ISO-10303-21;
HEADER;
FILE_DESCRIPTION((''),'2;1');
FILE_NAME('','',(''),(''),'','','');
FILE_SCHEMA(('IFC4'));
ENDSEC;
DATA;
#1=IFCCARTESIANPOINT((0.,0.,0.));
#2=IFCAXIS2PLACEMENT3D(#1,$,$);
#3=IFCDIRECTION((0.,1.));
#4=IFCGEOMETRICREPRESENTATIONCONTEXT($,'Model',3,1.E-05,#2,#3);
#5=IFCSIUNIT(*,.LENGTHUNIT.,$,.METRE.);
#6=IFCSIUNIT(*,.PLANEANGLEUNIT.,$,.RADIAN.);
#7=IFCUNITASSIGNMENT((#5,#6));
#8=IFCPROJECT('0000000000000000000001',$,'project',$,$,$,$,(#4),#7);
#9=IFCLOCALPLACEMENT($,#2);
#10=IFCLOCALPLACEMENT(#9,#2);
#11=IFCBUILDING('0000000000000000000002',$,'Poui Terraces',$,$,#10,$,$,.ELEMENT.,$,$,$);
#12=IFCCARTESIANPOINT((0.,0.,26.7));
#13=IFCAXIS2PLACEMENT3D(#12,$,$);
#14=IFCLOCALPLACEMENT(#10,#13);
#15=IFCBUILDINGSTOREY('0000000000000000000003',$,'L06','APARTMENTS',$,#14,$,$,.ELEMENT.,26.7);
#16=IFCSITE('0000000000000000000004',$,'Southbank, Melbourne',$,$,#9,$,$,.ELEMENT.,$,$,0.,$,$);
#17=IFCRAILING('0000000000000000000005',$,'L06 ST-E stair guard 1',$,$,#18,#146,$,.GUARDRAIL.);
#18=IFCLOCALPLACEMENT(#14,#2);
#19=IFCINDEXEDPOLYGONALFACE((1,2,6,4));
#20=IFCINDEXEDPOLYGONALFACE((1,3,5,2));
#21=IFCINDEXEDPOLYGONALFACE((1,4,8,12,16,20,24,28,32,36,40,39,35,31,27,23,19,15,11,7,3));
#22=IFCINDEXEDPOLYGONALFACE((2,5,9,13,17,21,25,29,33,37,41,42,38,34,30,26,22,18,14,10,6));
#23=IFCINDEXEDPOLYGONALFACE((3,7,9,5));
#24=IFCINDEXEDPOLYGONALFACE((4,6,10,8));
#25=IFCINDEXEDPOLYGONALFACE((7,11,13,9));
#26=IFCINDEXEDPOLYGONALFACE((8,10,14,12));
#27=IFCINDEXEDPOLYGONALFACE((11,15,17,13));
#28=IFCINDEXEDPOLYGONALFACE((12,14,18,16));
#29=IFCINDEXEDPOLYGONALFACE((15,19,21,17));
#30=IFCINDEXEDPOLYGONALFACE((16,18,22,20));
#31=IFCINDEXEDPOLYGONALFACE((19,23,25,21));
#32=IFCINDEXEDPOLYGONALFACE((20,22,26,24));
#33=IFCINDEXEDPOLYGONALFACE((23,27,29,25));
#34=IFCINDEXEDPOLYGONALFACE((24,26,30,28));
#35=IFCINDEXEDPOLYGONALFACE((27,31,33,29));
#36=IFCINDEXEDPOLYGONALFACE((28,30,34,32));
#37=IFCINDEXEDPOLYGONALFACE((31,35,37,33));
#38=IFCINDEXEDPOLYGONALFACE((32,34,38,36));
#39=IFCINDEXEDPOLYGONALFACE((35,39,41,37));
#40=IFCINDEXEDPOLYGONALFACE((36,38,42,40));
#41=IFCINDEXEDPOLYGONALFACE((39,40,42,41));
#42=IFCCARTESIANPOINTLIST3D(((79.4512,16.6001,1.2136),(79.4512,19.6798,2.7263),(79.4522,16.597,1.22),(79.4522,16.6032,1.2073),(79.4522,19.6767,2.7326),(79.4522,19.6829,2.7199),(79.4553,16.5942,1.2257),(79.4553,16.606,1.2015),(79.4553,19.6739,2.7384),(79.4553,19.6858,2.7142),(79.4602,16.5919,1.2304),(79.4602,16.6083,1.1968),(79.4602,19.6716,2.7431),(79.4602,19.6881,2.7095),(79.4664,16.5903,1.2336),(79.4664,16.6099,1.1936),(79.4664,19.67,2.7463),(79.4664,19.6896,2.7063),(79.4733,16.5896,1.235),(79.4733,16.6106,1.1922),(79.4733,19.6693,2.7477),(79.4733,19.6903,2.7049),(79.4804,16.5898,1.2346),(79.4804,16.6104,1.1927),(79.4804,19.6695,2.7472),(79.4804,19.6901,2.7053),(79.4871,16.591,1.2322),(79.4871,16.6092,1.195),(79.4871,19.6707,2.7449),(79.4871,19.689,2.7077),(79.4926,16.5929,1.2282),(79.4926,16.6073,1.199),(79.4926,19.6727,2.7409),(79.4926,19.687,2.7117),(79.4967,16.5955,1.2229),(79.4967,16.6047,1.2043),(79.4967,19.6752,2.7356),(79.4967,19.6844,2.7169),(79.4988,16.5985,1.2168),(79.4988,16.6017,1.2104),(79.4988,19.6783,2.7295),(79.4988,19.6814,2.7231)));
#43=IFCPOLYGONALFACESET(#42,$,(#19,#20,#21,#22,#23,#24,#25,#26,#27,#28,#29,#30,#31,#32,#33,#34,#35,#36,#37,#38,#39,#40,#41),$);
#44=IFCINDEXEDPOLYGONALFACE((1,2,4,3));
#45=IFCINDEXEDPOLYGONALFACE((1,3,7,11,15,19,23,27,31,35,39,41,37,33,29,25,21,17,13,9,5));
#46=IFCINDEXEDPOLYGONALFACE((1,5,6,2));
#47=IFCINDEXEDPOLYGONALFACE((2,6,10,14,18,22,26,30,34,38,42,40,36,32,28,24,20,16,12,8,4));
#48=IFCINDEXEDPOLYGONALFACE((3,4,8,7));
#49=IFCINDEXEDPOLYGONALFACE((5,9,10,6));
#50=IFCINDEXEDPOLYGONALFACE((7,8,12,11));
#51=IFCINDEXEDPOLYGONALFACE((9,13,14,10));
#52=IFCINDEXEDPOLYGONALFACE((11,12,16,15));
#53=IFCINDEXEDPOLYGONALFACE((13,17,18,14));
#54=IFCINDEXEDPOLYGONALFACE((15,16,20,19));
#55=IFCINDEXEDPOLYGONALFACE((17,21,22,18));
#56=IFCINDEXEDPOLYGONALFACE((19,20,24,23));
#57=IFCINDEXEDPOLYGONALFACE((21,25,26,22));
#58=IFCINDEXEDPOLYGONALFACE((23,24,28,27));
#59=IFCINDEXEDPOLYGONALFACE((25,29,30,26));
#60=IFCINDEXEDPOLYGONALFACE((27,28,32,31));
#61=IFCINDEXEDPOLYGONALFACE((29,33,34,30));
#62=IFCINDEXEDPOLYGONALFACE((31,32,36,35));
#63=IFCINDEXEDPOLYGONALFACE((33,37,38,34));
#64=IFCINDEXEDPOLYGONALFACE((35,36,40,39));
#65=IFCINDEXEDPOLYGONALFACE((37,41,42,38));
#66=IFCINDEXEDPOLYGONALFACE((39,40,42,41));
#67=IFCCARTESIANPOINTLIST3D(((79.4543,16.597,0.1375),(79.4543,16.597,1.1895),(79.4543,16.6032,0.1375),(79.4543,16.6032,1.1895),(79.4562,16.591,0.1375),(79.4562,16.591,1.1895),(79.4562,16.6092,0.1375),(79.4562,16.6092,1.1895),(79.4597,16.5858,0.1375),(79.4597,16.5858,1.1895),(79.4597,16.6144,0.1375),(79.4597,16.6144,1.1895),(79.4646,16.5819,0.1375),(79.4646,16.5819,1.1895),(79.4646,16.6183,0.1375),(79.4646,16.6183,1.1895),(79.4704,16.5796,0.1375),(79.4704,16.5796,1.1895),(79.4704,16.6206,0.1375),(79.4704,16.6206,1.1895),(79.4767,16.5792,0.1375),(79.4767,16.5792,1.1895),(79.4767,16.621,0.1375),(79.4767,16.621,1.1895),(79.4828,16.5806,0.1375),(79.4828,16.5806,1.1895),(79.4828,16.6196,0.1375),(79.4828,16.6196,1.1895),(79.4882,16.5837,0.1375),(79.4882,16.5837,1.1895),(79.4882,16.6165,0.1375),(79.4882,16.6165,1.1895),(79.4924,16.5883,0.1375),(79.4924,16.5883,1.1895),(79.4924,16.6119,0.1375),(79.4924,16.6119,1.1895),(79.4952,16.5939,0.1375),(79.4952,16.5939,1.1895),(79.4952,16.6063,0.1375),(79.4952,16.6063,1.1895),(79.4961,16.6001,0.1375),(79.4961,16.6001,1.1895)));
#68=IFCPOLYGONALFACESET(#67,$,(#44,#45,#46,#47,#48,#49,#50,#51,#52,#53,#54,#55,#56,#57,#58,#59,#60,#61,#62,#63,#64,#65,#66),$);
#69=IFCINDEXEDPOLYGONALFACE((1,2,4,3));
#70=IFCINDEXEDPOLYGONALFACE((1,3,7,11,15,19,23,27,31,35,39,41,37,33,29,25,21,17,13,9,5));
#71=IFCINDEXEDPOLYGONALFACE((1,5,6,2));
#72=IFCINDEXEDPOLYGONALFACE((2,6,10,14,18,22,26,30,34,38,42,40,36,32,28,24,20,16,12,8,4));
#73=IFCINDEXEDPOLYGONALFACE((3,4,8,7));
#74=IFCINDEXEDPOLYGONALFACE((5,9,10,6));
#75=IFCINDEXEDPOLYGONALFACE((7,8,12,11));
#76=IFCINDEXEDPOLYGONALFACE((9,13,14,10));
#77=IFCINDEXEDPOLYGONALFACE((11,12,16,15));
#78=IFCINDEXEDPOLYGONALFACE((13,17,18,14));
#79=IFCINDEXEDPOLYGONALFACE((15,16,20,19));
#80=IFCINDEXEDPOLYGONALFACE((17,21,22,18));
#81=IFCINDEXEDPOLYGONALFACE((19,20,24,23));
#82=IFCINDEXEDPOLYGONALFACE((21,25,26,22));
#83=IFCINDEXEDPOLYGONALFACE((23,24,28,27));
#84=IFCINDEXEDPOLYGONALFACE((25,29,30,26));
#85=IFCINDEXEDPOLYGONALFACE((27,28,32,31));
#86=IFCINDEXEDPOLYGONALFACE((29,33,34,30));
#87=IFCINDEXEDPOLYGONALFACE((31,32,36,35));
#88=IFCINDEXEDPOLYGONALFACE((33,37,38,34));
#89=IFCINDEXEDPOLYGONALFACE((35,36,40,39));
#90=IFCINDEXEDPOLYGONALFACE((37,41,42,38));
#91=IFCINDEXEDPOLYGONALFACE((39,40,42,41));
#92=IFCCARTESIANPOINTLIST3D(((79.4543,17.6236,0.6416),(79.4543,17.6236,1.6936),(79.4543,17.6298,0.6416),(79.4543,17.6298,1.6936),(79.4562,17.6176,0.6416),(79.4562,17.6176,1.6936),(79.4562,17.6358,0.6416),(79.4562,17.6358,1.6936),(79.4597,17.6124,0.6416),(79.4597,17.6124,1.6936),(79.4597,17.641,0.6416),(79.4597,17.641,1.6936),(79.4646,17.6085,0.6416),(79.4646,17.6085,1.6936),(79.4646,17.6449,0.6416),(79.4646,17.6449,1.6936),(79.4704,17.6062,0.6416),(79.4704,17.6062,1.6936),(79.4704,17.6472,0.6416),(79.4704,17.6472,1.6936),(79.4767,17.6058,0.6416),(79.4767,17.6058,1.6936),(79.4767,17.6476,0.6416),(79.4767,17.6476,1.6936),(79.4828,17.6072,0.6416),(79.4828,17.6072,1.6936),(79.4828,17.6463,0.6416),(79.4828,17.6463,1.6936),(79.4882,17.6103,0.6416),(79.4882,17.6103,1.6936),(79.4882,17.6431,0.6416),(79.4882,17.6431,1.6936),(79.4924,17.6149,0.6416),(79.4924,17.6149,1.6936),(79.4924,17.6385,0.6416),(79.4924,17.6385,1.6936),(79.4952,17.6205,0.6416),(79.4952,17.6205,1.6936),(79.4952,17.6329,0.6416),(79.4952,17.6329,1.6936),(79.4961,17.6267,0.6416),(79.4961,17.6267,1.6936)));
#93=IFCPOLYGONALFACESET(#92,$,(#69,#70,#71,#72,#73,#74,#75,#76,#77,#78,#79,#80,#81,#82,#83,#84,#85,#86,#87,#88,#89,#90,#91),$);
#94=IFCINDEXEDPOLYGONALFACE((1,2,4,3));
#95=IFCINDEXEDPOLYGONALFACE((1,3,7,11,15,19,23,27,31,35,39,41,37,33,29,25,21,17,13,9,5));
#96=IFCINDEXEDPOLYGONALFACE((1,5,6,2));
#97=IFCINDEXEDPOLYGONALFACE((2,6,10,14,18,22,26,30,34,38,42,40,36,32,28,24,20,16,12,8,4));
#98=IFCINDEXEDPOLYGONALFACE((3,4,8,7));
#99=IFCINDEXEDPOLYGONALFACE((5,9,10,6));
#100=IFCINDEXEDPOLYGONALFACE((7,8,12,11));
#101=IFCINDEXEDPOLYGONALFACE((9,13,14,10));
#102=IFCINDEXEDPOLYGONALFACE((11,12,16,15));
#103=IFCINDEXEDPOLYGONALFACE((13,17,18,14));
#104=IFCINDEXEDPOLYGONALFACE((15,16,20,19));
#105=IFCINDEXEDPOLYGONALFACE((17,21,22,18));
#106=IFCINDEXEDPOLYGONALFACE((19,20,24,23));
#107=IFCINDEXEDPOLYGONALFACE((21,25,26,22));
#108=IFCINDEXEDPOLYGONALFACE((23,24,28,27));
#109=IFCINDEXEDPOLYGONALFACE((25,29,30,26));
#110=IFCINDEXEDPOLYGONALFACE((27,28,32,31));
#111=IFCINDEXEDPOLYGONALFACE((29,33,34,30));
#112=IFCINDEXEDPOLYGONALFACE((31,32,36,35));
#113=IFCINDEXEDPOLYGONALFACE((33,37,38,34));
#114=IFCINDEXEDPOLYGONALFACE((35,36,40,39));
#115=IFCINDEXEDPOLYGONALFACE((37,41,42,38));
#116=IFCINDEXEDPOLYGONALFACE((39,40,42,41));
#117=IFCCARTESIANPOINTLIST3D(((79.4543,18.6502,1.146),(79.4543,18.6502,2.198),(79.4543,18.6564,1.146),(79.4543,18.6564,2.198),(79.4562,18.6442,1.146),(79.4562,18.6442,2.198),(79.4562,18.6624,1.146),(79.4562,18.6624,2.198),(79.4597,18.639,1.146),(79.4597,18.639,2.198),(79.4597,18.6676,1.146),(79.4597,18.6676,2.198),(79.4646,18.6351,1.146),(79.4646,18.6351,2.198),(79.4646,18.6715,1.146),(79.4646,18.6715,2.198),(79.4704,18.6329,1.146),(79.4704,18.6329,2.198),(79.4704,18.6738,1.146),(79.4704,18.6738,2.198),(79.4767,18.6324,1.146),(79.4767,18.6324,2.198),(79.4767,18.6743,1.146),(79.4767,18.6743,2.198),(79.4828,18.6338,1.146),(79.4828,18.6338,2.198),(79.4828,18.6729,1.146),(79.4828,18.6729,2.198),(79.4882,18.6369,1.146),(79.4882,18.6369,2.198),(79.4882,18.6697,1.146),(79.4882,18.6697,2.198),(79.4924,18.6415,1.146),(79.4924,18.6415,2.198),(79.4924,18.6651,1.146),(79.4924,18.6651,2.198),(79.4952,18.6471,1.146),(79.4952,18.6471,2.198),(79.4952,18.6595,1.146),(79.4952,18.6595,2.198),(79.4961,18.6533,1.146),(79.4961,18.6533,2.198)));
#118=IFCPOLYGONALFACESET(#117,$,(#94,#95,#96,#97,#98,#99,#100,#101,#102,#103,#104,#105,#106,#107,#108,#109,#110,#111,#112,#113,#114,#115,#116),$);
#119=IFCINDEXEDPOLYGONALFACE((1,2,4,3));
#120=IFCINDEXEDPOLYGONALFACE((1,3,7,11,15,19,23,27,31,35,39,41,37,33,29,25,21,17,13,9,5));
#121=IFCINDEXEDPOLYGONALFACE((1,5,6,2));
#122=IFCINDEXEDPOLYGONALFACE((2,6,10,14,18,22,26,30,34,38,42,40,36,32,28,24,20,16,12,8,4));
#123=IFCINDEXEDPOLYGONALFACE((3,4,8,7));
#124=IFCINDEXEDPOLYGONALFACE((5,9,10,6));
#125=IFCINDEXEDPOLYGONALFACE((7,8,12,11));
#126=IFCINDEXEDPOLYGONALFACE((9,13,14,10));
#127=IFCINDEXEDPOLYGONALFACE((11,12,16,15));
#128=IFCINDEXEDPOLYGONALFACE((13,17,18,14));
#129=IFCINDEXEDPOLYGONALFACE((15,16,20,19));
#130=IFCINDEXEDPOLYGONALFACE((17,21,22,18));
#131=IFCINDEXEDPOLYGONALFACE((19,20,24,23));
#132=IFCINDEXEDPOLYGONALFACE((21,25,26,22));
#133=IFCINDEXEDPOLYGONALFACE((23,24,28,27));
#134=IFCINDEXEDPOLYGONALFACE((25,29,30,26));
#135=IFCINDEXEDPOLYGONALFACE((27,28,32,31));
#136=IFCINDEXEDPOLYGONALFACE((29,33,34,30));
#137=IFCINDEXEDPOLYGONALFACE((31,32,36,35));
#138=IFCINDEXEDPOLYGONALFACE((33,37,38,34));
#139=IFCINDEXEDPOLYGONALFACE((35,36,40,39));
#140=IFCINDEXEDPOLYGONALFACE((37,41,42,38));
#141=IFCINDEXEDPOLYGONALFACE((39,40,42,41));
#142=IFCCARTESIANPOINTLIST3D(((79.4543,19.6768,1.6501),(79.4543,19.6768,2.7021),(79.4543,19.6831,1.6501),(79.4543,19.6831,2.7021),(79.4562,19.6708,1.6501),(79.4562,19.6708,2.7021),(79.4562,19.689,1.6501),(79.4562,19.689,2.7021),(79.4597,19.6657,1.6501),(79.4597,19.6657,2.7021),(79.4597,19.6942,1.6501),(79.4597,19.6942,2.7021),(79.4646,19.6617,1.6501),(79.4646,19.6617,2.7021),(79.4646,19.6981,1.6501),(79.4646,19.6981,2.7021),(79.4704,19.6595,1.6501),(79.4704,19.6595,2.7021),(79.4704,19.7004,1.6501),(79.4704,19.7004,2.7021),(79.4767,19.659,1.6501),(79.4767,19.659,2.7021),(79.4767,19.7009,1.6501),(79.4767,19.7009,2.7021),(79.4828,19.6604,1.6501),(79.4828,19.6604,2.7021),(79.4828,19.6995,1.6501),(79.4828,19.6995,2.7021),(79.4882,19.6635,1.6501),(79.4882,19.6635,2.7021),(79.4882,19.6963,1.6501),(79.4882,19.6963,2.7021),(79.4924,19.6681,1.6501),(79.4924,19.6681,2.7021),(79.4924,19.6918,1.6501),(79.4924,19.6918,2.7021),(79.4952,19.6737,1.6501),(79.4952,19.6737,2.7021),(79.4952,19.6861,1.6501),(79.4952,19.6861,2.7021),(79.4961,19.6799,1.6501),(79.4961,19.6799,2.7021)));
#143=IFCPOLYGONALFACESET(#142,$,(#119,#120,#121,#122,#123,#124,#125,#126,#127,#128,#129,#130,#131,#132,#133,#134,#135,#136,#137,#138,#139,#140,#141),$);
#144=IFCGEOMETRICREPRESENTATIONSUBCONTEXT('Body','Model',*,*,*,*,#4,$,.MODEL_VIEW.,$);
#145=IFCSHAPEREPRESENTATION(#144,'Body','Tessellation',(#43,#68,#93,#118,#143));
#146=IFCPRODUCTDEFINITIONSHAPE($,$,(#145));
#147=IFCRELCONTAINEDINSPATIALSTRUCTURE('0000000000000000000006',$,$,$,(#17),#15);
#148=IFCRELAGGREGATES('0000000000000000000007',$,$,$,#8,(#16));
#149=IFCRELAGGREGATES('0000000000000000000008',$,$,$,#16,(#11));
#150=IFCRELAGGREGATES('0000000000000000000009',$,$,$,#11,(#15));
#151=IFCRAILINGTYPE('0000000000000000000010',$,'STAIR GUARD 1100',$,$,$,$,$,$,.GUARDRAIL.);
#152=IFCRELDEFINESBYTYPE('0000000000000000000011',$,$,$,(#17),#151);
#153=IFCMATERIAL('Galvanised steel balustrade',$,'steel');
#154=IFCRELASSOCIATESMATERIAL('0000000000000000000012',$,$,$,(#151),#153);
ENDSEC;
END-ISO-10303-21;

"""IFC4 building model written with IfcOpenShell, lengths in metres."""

from ifc_helpers import new_model, si_unit, direction, frame, origin, origin_2d, place, context, subcontext, project, spatial, circle, extrude, material, type_object, element, save


model = new_model("IFC4")

# Units and contexts
model_context = context("Model", 3, precision=1e-05, world=origin(), true_north=direction((0.0, 1.0)))
body_context = subcontext(model_context, "Body", "Model", "MODEL_VIEW")
ifc_project = project(units=[si_unit("LENGTHUNIT", "METRE"), si_unit("PLANEANGLEUNIT", "RADIAN")], contexts=[model_context])

# Site, building, storey
site_placement = place(None, origin())
site = spatial("IfcSite", under=ifc_project, at=site_placement, Name="Southbank, Melbourne", CompositionType="ELEMENT", RefElevation=0.0)
building_placement = place(site_placement, origin())
building = spatial("IfcBuilding", under=site, at=building_placement, Name="Poui Terraces", CompositionType="ELEMENT")
storey_placement = place(building_placement, frame((0.0, 0.0, 26.7)))
storey = spatial("IfcBuildingStorey", under=building, at=storey_placement, Name="L06", Description="APARTMENTS", CompositionType="ELEMENT", Elevation=26.7)

# Railing
ifc_material_1 = material(Name="Galvanised steel balustrade", Category="steel")
railing_type_1 = type_object("IfcRailingType", Name="STAIR GUARD 1100", PredefinedType="GUARDRAIL", material=ifc_material_1)
railing_1_placement = place(storey_placement, frame((79.4751, 16.6001, 0.1375)))
element("IfcRailing", 1, at=railing_1_placement, inside=storey, type_object=railing_type_1, Name="L06 ST-E stair guard 1", PredefinedType="GUARDRAIL", context=body_context, shape_type="SweptSolid", body=[
    extrude(circle(Radius=0.0239, at=origin_2d()), frame((0.0, 0.0, 1.0762), z_axis=(0.0, 0.897578, 0.440856), x_axis=(-1.0, 0.0, 0.0)), (0.0, 0.0, 1.0), 3.4312),
    extrude(circle(Radius=0.021, at=origin_2d()), origin(), (0.0, 0.0, 1.0), 1.052),
    extrude(circle(Radius=0.021, at=origin_2d()), frame((0.0, 1.0266, 0.5042)), (0.0, 0.0, 1.0), 1.052),
    extrude(circle(Radius=0.021, at=origin_2d()), frame((0.0, 2.0532, 1.0085)), (0.0, 0.0, 1.0), 1.052),
    extrude(circle(Radius=0.021, at=origin_2d()), frame((0.0, 3.0798, 1.5127)), (0.0, 0.0, 1.0), 1.052),
])

save(model, "model.ifc")
